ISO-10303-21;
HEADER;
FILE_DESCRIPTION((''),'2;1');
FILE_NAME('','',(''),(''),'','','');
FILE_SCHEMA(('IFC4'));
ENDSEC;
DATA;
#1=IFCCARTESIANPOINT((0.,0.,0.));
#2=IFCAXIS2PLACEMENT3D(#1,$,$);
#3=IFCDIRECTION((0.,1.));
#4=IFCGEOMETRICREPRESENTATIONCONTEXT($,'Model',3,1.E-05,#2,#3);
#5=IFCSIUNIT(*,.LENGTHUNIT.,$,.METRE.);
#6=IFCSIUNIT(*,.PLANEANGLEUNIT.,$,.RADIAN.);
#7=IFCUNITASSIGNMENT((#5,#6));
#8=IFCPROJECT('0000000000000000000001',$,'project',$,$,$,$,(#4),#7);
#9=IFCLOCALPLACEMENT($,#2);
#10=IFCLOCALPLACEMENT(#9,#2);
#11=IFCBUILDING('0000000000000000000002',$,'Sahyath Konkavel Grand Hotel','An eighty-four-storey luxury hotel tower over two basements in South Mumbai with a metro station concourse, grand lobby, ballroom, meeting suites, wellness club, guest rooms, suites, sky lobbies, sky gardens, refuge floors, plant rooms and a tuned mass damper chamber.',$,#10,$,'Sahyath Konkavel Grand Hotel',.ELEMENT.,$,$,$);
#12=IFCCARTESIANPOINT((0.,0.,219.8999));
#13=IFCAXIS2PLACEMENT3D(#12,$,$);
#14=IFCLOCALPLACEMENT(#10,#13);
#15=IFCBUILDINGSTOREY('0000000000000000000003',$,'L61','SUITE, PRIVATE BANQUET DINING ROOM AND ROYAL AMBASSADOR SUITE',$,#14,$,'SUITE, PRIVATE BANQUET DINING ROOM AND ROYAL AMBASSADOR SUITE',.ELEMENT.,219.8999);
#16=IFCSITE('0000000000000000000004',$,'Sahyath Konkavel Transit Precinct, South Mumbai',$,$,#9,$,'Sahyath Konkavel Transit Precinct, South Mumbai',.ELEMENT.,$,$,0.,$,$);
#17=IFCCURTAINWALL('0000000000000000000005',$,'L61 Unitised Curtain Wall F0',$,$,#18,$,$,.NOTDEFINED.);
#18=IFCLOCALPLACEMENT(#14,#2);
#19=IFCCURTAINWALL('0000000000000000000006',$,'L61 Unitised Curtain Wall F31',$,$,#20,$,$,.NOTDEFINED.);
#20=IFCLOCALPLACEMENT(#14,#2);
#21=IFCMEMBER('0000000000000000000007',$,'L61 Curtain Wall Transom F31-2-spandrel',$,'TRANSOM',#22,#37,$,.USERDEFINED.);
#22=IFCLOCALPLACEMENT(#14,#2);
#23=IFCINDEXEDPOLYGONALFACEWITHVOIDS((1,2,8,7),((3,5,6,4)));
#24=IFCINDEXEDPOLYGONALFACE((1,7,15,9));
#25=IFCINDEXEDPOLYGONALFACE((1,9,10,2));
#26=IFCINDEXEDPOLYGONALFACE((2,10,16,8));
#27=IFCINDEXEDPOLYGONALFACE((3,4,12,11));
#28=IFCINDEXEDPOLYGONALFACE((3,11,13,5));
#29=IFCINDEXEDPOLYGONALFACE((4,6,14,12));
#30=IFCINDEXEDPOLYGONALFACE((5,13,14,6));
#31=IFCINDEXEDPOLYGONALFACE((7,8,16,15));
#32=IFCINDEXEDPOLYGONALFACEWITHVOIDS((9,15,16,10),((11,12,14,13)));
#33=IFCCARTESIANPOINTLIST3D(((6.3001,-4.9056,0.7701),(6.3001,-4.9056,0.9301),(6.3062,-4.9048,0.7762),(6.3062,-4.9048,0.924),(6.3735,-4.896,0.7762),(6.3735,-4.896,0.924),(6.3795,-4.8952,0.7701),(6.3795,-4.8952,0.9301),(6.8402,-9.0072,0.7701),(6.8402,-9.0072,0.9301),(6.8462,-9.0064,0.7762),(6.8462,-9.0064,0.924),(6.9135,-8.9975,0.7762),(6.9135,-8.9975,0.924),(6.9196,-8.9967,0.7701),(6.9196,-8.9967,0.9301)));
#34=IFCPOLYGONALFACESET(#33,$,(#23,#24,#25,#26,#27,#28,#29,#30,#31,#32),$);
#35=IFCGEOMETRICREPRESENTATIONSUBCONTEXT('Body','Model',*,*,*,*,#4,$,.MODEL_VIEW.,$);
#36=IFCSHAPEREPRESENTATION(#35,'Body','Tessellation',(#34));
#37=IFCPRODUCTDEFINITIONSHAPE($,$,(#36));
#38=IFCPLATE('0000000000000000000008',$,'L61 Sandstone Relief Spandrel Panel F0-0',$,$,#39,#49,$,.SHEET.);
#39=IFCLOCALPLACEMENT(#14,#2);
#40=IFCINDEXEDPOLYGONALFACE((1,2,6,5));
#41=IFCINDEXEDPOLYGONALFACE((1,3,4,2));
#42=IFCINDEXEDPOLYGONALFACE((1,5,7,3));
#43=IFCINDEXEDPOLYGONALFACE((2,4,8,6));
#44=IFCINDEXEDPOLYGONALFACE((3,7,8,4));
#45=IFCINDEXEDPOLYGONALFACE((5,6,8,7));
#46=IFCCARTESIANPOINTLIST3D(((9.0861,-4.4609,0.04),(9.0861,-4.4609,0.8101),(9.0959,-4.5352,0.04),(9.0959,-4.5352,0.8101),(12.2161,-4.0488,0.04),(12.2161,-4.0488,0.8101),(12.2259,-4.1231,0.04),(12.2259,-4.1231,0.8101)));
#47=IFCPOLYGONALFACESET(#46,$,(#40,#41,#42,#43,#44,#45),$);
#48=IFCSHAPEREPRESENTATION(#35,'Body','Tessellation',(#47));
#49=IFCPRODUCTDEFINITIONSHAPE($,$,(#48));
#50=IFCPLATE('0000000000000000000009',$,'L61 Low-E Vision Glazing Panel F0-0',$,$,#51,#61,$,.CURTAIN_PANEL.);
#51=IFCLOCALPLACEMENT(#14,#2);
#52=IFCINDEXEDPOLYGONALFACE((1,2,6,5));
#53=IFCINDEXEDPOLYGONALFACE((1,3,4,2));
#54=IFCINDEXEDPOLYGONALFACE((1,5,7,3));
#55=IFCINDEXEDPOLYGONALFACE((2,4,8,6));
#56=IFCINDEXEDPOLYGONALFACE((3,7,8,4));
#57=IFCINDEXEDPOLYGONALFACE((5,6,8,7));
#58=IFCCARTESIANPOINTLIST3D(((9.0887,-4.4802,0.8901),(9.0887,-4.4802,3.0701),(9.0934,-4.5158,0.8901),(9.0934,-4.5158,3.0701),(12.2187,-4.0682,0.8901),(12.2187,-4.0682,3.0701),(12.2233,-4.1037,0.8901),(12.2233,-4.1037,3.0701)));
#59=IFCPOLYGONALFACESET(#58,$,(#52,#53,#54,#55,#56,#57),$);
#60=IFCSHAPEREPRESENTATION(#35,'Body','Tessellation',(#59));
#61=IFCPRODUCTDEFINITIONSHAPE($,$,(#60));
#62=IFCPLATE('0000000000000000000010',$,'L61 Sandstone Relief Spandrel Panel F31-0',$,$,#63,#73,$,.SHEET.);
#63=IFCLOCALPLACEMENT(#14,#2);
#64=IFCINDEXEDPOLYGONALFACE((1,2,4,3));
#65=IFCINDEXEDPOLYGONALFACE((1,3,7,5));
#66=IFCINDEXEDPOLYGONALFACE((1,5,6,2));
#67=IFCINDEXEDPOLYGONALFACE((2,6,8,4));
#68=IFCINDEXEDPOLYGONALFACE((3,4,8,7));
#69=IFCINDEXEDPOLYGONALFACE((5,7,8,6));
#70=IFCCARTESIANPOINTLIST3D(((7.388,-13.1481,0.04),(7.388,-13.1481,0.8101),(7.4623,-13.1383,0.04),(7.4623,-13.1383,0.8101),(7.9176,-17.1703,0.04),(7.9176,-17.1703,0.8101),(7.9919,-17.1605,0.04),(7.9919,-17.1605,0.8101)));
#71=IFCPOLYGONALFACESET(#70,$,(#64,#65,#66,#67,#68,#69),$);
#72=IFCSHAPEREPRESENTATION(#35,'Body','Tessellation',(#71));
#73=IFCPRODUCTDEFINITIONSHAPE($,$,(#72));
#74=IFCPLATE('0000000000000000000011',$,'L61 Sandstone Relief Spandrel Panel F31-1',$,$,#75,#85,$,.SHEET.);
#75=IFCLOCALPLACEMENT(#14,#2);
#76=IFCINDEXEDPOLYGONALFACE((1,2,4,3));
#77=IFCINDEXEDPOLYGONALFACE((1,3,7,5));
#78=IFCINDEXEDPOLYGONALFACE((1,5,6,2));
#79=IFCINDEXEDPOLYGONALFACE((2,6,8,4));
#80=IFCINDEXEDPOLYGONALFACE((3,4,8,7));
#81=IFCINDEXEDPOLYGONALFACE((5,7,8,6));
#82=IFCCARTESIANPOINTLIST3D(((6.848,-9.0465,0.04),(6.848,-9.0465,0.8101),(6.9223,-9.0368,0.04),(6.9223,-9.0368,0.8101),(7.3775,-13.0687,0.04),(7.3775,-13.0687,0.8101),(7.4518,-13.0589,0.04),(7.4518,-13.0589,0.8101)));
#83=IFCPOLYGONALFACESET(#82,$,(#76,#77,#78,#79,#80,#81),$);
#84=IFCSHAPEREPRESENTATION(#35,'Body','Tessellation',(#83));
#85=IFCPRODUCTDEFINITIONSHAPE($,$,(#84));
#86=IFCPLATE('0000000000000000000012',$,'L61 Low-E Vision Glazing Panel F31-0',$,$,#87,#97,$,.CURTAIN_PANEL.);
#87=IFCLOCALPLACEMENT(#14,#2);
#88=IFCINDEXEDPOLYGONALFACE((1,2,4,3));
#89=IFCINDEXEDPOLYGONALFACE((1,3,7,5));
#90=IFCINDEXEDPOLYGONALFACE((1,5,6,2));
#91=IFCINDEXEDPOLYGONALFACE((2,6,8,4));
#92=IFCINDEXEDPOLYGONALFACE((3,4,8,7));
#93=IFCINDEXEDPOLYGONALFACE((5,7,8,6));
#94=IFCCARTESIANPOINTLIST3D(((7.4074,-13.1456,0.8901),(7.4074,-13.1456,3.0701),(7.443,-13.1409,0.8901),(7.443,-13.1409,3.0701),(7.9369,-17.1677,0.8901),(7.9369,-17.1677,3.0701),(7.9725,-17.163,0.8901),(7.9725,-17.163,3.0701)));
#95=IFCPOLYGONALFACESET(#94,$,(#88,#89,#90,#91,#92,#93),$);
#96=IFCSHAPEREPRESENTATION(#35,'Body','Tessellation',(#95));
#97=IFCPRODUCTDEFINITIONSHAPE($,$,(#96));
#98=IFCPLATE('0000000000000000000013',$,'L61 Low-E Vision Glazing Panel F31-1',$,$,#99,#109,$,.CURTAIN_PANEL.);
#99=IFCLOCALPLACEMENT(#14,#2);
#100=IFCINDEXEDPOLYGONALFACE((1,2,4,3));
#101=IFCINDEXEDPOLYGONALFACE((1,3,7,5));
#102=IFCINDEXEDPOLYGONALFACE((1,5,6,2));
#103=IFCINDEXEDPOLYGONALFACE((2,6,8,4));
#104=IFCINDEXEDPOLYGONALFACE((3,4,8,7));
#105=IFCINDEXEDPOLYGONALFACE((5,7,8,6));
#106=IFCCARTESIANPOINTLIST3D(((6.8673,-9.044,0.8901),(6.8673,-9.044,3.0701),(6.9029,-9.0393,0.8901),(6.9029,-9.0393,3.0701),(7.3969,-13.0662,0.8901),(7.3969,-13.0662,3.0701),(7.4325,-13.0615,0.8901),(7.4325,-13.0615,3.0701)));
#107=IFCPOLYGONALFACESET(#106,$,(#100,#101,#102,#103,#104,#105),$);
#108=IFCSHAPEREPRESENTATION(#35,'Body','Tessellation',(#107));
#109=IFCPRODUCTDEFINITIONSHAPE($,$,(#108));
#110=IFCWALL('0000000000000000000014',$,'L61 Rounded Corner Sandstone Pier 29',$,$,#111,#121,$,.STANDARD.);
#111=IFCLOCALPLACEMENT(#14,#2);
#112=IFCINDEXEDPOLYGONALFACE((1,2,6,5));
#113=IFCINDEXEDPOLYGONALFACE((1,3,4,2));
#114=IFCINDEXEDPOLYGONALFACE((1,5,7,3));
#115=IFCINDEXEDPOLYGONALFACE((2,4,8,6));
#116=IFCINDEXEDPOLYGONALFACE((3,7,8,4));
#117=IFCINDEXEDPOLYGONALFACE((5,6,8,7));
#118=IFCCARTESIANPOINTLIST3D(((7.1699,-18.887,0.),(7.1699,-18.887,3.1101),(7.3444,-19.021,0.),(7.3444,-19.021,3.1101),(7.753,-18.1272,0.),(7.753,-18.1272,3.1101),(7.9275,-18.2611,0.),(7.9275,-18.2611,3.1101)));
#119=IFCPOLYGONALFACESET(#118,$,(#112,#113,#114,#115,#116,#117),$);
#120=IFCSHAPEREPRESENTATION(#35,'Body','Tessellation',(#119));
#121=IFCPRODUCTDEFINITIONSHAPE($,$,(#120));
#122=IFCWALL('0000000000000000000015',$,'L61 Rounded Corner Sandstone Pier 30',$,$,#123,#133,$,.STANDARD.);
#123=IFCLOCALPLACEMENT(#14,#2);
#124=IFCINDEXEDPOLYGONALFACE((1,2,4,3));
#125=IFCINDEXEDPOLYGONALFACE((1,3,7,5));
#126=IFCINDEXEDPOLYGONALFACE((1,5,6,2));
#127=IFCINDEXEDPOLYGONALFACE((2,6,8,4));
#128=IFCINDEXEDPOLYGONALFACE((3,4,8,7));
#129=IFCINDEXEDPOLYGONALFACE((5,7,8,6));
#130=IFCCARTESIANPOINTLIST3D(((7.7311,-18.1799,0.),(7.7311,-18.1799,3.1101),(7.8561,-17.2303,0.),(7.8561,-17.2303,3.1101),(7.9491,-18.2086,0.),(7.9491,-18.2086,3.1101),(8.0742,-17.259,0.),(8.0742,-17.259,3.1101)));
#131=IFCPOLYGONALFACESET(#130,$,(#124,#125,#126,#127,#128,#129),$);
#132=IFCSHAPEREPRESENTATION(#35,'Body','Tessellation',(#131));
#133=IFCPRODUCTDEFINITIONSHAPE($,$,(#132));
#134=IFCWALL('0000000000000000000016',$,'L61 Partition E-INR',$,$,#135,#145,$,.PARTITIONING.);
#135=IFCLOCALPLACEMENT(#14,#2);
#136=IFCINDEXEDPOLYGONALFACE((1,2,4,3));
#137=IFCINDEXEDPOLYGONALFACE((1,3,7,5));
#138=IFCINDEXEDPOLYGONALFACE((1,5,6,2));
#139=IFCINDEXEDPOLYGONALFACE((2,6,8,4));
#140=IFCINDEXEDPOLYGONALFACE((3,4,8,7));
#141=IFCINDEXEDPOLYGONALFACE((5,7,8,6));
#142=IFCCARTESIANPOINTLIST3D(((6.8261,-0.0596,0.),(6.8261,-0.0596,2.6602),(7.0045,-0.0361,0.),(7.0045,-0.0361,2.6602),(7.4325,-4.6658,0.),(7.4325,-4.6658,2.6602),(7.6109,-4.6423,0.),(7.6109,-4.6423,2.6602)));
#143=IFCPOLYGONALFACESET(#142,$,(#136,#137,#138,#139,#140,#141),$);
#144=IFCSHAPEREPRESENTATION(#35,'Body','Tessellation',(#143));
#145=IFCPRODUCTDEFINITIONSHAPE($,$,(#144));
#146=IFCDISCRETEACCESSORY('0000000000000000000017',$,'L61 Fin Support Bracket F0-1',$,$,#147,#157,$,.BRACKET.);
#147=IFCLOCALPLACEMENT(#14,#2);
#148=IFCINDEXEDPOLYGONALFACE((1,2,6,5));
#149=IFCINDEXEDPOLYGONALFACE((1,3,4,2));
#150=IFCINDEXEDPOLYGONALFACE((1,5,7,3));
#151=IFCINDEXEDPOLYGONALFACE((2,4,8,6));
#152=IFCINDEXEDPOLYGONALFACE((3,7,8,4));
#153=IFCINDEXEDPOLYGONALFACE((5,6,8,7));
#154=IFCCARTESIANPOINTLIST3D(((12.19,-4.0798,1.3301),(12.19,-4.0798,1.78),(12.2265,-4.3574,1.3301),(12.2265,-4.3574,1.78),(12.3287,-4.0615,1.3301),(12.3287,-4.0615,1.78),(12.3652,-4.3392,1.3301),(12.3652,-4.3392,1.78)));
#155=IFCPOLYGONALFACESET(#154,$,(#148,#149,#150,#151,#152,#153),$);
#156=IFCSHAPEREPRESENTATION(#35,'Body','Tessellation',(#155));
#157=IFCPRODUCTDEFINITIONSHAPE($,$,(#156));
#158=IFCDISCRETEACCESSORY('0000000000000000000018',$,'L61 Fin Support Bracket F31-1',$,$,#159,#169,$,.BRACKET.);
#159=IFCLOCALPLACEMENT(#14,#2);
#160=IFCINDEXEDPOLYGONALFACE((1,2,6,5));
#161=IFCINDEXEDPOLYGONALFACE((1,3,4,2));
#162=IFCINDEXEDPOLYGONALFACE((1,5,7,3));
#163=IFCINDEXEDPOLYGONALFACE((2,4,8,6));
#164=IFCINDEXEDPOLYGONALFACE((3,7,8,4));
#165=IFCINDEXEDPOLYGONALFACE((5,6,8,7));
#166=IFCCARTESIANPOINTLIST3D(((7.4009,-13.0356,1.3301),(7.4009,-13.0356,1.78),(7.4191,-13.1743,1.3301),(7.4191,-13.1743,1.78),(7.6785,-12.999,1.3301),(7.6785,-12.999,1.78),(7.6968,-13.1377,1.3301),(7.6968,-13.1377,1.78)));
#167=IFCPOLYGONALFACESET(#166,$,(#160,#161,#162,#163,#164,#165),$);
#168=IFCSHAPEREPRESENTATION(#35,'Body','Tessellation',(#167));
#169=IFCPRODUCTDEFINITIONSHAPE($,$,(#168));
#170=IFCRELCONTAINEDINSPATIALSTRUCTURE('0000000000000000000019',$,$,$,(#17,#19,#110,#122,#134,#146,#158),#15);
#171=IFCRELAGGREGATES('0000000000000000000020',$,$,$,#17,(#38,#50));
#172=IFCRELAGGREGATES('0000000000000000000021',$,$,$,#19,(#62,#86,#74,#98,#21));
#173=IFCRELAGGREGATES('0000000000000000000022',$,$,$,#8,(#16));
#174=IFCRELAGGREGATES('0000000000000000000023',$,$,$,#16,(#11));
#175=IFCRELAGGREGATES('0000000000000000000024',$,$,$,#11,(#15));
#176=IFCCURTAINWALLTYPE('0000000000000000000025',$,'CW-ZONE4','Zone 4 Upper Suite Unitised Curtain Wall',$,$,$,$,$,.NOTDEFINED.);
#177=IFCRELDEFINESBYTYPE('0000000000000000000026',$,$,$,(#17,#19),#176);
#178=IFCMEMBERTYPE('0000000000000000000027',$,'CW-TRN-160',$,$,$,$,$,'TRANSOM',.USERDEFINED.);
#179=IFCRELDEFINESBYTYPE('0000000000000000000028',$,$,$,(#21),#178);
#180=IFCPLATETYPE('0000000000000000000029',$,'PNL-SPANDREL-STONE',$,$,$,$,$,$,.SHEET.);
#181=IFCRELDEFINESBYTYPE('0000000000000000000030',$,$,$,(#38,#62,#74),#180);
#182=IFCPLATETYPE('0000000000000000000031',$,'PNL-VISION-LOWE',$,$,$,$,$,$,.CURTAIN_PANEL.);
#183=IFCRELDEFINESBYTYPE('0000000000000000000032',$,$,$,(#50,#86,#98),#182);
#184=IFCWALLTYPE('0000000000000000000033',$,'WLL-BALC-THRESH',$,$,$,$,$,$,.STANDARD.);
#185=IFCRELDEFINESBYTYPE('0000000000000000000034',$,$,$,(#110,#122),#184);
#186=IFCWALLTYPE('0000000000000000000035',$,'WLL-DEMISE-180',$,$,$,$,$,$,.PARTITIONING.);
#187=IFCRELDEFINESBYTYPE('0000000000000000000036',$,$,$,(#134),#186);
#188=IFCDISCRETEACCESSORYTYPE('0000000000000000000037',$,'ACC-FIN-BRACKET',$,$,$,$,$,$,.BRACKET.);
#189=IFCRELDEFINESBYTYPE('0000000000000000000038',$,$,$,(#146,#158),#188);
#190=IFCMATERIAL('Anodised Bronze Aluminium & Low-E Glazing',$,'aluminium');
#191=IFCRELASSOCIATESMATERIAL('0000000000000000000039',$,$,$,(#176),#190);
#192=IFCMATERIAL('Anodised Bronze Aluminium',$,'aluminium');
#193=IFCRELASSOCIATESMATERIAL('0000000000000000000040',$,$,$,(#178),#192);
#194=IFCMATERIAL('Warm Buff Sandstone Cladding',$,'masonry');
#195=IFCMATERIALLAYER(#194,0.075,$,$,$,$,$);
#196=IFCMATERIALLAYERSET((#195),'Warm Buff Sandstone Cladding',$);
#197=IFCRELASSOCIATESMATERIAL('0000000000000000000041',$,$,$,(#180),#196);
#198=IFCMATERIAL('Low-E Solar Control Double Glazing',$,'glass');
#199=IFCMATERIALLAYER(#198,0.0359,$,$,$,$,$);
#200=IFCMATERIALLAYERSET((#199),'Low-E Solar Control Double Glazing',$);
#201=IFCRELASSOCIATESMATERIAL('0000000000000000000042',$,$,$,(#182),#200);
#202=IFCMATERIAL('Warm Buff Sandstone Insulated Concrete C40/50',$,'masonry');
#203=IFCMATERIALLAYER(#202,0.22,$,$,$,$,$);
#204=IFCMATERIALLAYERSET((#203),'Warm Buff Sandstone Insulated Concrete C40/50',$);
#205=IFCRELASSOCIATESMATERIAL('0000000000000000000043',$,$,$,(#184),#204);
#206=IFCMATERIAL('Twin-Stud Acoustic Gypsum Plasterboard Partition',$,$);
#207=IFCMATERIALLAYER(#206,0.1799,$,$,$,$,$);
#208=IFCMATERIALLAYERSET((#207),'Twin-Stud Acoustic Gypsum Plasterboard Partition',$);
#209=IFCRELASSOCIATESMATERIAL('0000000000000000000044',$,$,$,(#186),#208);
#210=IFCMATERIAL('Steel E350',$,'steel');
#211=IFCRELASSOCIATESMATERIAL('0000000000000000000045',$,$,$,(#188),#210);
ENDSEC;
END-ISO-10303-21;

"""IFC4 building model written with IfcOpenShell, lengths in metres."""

from ifc_helpers import new_model, si_unit, direction, frame, frame_2d, origin, origin_2d, place, context, subcontext, project, spatial, rectangle, hollow_rectangle, extrude, source, transform, mapped, material, layer, layer_set, material_profile, profile_set, type_object, element, aggregate, save


model = new_model("IFC4")

# Units and contexts
model_context = context("Model", 3, precision=1e-05, world=origin(), true_north=direction((0.0, 1.0)))
body_context = subcontext(model_context, "Body", "Model", "MODEL_VIEW")
ifc_project = project(units=[si_unit("LENGTHUNIT", "METRE"), si_unit("PLANEANGLEUNIT", "RADIAN")], contexts=[model_context])

# Site, building, storey
site_placement = place(None, origin())
site = spatial("IfcSite", under=ifc_project, at=site_placement, Name="Sahyath Konkavel Transit Precinct, South Mumbai", LongName="Sahyath Konkavel Transit Precinct, South Mumbai", CompositionType="ELEMENT", RefElevation=0.0)
building_placement = place(site_placement, origin())
building = spatial("IfcBuilding", under=site, at=building_placement, Name="Sahyath Konkavel Grand Hotel", Description="An eighty-four-storey luxury hotel tower over two basements in South Mumbai with a metro station concourse, grand lobby, ballroom, meeting suites, wellness club, guest rooms, suites, sky lobbies, sky gardens, refuge floors, plant rooms and a tuned mass damper chamber.", LongName="Sahyath Konkavel Grand Hotel", CompositionType="ELEMENT")
storey_placement = place(building_placement, frame((0.0, 0.0, 219.8999)))
storey = spatial("IfcBuildingStorey", under=building, at=storey_placement, Name="L61", Description="SUITE, PRIVATE BANQUET DINING ROOM AND ROYAL AMBASSADOR SUITE", LongName="SUITE, PRIVATE BANQUET DINING ROOM AND ROYAL AMBASSADOR SUITE", CompositionType="ELEMENT", Elevation=219.8999)

# Curtain walls
ifc_material_1 = material(Name="Anodised Bronze Aluminium & Low-E Glazing", Category="aluminium")
curtain_wall_type = type_object("IfcCurtainWallType", Name="CW-ZONE4", Description="Zone 4 Upper Suite Unitised Curtain Wall", PredefinedType="NOTDEFINED", material=ifc_material_1)
curtain_wall_1_placement = place(storey_placement, origin())
curtain_wall_1 = element("IfcCurtainWall", 1, at=curtain_wall_1_placement, inside=storey, type_object=curtain_wall_type, Name="L61 Unitised Curtain Wall F0", PredefinedType="NOTDEFINED")
curtain_wall_2_placement = place(storey_placement, origin())
curtain_wall_2 = element("IfcCurtainWall", 2, at=curtain_wall_2_placement, inside=storey, type_object=curtain_wall_type, Name="L61 Unitised Curtain Wall F31", PredefinedType="NOTDEFINED")

# Shared definitions
ifc_material_2 = material(Name="Anodised Bronze Aluminium", Category="aluminium")

# Member
ifc_material_profile_1 = material_profile(ifc_material_2, hollow_rectangle(XDim=0.0801, YDim=0.1599, WallThickness=0.0061, at=origin_2d()), Name="RHS 160x80x6")
ifc_profile_set_1 = profile_set([ifc_material_profile_1], Name="Anodised Bronze Aluminium")
member_type_1 = type_object("IfcMemberType", Name="CW-TRN-160", ElementType="TRANSOM", PredefinedType="USERDEFINED", material=ifc_profile_set_1)
shared_shape_1 = source(origin(), body_context, "Body", "SweptSolid", [
    extrude(hollow_rectangle(XDim=0.0801, YDim=0.1599, WallThickness=0.0061, at=origin_2d()), origin(), (0.0, 0.0, 1.0), 4.137),
])
member_1_placement = place(storey_placement, frame((6.8799, -9.002, 0.8501), z_axis=(-0.13054, 0.991443, 0.0), x_axis=(-0.991443, -0.13054, 0.0)))
member_1 = element("IfcMember", 3, at=member_1_placement, type_object=member_type_1, Name="L61 Curtain Wall Transom F31-2-spandrel", ObjectType="TRANSOM", PredefinedType="USERDEFINED", context=body_context, shape_type="MappedRepresentation", body=[
    mapped(shared_shape_1, transform((0.0, 0.0, 0.0), scale=1.0)),
])

# Plates
ifc_material_3 = material(Name="Warm Buff Sandstone Cladding", Category="masonry")
ifc_layer_1 = layer(ifc_material_3, 0.075)
ifc_layer_set_1 = layer_set([ifc_layer_1], Name="Warm Buff Sandstone Cladding")
plate_type_1 = type_object("IfcPlateType", Name="PNL-SPANDREL-STONE", PredefinedType="SHEET", material=ifc_layer_set_1)
shared_shape_2 = source(origin(), body_context, "Body", "SweptSolid", [
    extrude(rectangle(XDim=3.157, YDim=0.075, at=origin_2d()), origin(), (0.0, 0.0, 1.0), 0.77),
])
plate_1_placement = place(storey_placement, frame((10.656, -4.292, 0.04), z_axis=(0.0, 0.0, 1.0), x_axis=(0.991445, 0.130526, 0.0)))
plate_1 = element("IfcPlate", 4, at=plate_1_placement, type_object=plate_type_1, Name="L61 Sandstone Relief Spandrel Panel F0-0", PredefinedType="SHEET", context=body_context, shape_type="MappedRepresentation", body=[
    mapped(shared_shape_2, transform((0.0, 0.0, 0.0), scale=1.0)),
])
ifc_material_4 = material(Name="Low-E Solar Control Double Glazing", Category="glass")
ifc_layer_2 = layer(ifc_material_4, 0.0359)
ifc_layer_set_2 = layer_set([ifc_layer_2], Name="Low-E Solar Control Double Glazing")
plate_type_2 = type_object("IfcPlateType", Name="PNL-VISION-LOWE", PredefinedType="CURTAIN_PANEL", material=ifc_layer_set_2)
shared_shape_3 = source(origin(), body_context, "Body", "SweptSolid", [
    extrude(rectangle(XDim=3.157, YDim=0.0359, at=origin_2d()), origin(), (0.0, 0.0, 1.0), 2.1799),
])
plate_2_placement = place(storey_placement, frame((10.656, -4.292, 0.8901), z_axis=(0.0, 0.0, 1.0), x_axis=(0.991445, 0.130526, 0.0)))
plate_2 = element("IfcPlate", 5, at=plate_2_placement, type_object=plate_type_2, Name="L61 Low-E Vision Glazing Panel F0-0", PredefinedType="CURTAIN_PANEL", context=body_context, shape_type="MappedRepresentation", body=[
    mapped(shared_shape_3, transform((0.0, 0.0, 0.0), scale=1.0)),
])
aggregate(curtain_wall_1, [plate_1, plate_2])
shared_shape_4 = source(origin(), body_context, "Body", "SweptSolid", [
    extrude(rectangle(XDim=4.0569, YDim=0.075, at=origin_2d()), origin(), (0.0, 0.0, 1.0), 0.77),
])
plate_3_placement = place(storey_placement, frame((7.6899, -15.1543, 0.04), z_axis=(0.0, 0.0, 1.0), x_axis=(-0.130526, 0.991445, 0.0)))
plate_3 = element("IfcPlate", 6, at=plate_3_placement, type_object=plate_type_1, Name="L61 Sandstone Relief Spandrel Panel F31-0", PredefinedType="SHEET", context=body_context, shape_type="MappedRepresentation", body=[
    mapped(shared_shape_4, transform((0.0, 0.0, 0.0), scale=1.0)),
])
plate_4_placement = place(storey_placement, frame((7.1499, -11.0527, 0.04), z_axis=(0.0, 0.0, 1.0), x_axis=(-0.130526, 0.991445, 0.0)))
plate_4 = element("IfcPlate", 7, at=plate_4_placement, type_object=plate_type_1, Name="L61 Sandstone Relief Spandrel Panel F31-1", PredefinedType="SHEET", context=body_context, shape_type="MappedRepresentation", body=[
    mapped(shared_shape_4, transform((0.0, 0.0, 0.0), scale=1.0)),
])
shared_shape_5 = source(origin(), body_context, "Body", "SweptSolid", [
    extrude(rectangle(XDim=4.0569, YDim=0.0359, at=origin_2d()), origin(), (0.0, 0.0, 1.0), 2.1799),
])
plate_5_placement = place(storey_placement, frame((7.6899, -15.1543, 0.8901), z_axis=(0.0, 0.0, 1.0), x_axis=(-0.130526, 0.991445, 0.0)))
plate_5 = element("IfcPlate", 8, at=plate_5_placement, type_object=plate_type_2, Name="L61 Low-E Vision Glazing Panel F31-0", PredefinedType="CURTAIN_PANEL", context=body_context, shape_type="MappedRepresentation", body=[
    mapped(shared_shape_5, transform((0.0, 0.0, 0.0), scale=1.0)),
])
plate_6_placement = place(storey_placement, frame((7.1499, -11.0527, 0.8901), z_axis=(0.0, 0.0, 1.0), x_axis=(-0.130526, 0.991445, 0.0)))
plate_6 = element("IfcPlate", 9, at=plate_6_placement, type_object=plate_type_2, Name="L61 Low-E Vision Glazing Panel F31-1", PredefinedType="CURTAIN_PANEL", context=body_context, shape_type="MappedRepresentation", body=[
    mapped(shared_shape_5, transform((0.0, 0.0, 0.0), scale=1.0)),
])
aggregate(curtain_wall_2, [plate_3, plate_5, plate_4, plate_6, member_1])

# Walls
ifc_material_5 = material(Name="Warm Buff Sandstone Insulated Concrete C40/50", Category="masonry")
ifc_layer_3 = layer(ifc_material_5, 0.22)
ifc_layer_set_3 = layer_set([ifc_layer_3], Name="Warm Buff Sandstone Insulated Concrete C40/50")
wall_type_1 = type_object("IfcWallType", Name="WLL-BALC-THRESH", PredefinedType="STANDARD", material=ifc_layer_set_3)
for number, where, z_axis, x_axis, name in (
    (10, (7.2571, -18.9541, 0.0), (0.0, 0.0, 1.0), (0.608774, 0.793344, 0.0), "L61 Rounded Corner Sandstone Pier 29"),
    (11, (7.8401, -18.1943, 0.0), (0.0, 0.0, 1.0), (0.130527, 0.991445, 0.0), "L61 Rounded Corner Sandstone Pier 30"),
):
    element("IfcWall", number, at=place(storey_placement, frame(where, z_axis=z_axis, x_axis=x_axis)), inside=storey, type_object=wall_type_1, Name=name, PredefinedType="STANDARD", context=body_context, shape_type="SweptSolid", body=[
        extrude(rectangle(XDim=0.9578, YDim=0.22, at=frame_2d((0.479, 0.0))), origin(), (0.0, 0.0, 1.0), 3.1101),
    ])
ifc_material_6 = material(Name="Twin-Stud Acoustic Gypsum Plasterboard Partition")
ifc_layer_4 = layer(ifc_material_6, 0.1799)
ifc_layer_set_4 = layer_set([ifc_layer_4], Name="Twin-Stud Acoustic Gypsum Plasterboard Partition")
wall_type_2 = type_object("IfcWallType", Name="WLL-DEMISE-180", PredefinedType="PARTITIONING", material=ifc_layer_set_4)
wall_placement = place(storey_placement, frame((7.5217, -4.6541, 0.0), z_axis=(0.0, 0.0, 1.0), x_axis=(-0.130532, 0.991444, 0.0)))
element("IfcWall", 12, at=wall_placement, inside=storey, type_object=wall_type_2, Name="L61 Partition E-INR", PredefinedType="PARTITIONING", context=body_context, shape_type="SweptSolid", body=[
    extrude(rectangle(XDim=4.646, YDim=0.1799, at=frame_2d((2.323, 0.0))), origin(), (0.0, 0.0, 1.0), 2.6602),
])

# Discrete accessories
ifc_material_7 = material(Name="Steel E350", Category="steel")
discrete_accessory_type = type_object("IfcDiscreteAccessoryType", Name="ACC-FIN-BRACKET", PredefinedType="BRACKET", material=ifc_material_7)
shared_shape_6 = source(origin(), body_context, "Body", "SweptSolid", [
    extrude(rectangle(XDim=0.28, YDim=0.1399, at=origin_2d()), origin(), (0.0, 0.0, 1.0), 0.45),
])
for number, where, z_axis, x_axis, name in (
    (13, (12.2776, -4.2095, 1.3301), (0.0, 0.0, 1.0), (0.130526, -0.991445, 0.0), "L61 Fin Support Bracket F0-1"),
    (14, (7.5488, -13.0867, 1.3301), (0.0, 0.0, 1.0), (0.991445, 0.130526, 0.0), "L61 Fin Support Bracket F31-1"),
):
    element("IfcDiscreteAccessory", number, at=place(storey_placement, frame(where, z_axis=z_axis, x_axis=x_axis)), inside=storey, type_object=discrete_accessory_type, Name=name, PredefinedType="BRACKET", context=body_context, shape_type="MappedRepresentation", body=[
        mapped(shared_shape_6, transform((0.0, 0.0, 0.0), scale=1.0)),
    ])

save(model, "model.ifc")
